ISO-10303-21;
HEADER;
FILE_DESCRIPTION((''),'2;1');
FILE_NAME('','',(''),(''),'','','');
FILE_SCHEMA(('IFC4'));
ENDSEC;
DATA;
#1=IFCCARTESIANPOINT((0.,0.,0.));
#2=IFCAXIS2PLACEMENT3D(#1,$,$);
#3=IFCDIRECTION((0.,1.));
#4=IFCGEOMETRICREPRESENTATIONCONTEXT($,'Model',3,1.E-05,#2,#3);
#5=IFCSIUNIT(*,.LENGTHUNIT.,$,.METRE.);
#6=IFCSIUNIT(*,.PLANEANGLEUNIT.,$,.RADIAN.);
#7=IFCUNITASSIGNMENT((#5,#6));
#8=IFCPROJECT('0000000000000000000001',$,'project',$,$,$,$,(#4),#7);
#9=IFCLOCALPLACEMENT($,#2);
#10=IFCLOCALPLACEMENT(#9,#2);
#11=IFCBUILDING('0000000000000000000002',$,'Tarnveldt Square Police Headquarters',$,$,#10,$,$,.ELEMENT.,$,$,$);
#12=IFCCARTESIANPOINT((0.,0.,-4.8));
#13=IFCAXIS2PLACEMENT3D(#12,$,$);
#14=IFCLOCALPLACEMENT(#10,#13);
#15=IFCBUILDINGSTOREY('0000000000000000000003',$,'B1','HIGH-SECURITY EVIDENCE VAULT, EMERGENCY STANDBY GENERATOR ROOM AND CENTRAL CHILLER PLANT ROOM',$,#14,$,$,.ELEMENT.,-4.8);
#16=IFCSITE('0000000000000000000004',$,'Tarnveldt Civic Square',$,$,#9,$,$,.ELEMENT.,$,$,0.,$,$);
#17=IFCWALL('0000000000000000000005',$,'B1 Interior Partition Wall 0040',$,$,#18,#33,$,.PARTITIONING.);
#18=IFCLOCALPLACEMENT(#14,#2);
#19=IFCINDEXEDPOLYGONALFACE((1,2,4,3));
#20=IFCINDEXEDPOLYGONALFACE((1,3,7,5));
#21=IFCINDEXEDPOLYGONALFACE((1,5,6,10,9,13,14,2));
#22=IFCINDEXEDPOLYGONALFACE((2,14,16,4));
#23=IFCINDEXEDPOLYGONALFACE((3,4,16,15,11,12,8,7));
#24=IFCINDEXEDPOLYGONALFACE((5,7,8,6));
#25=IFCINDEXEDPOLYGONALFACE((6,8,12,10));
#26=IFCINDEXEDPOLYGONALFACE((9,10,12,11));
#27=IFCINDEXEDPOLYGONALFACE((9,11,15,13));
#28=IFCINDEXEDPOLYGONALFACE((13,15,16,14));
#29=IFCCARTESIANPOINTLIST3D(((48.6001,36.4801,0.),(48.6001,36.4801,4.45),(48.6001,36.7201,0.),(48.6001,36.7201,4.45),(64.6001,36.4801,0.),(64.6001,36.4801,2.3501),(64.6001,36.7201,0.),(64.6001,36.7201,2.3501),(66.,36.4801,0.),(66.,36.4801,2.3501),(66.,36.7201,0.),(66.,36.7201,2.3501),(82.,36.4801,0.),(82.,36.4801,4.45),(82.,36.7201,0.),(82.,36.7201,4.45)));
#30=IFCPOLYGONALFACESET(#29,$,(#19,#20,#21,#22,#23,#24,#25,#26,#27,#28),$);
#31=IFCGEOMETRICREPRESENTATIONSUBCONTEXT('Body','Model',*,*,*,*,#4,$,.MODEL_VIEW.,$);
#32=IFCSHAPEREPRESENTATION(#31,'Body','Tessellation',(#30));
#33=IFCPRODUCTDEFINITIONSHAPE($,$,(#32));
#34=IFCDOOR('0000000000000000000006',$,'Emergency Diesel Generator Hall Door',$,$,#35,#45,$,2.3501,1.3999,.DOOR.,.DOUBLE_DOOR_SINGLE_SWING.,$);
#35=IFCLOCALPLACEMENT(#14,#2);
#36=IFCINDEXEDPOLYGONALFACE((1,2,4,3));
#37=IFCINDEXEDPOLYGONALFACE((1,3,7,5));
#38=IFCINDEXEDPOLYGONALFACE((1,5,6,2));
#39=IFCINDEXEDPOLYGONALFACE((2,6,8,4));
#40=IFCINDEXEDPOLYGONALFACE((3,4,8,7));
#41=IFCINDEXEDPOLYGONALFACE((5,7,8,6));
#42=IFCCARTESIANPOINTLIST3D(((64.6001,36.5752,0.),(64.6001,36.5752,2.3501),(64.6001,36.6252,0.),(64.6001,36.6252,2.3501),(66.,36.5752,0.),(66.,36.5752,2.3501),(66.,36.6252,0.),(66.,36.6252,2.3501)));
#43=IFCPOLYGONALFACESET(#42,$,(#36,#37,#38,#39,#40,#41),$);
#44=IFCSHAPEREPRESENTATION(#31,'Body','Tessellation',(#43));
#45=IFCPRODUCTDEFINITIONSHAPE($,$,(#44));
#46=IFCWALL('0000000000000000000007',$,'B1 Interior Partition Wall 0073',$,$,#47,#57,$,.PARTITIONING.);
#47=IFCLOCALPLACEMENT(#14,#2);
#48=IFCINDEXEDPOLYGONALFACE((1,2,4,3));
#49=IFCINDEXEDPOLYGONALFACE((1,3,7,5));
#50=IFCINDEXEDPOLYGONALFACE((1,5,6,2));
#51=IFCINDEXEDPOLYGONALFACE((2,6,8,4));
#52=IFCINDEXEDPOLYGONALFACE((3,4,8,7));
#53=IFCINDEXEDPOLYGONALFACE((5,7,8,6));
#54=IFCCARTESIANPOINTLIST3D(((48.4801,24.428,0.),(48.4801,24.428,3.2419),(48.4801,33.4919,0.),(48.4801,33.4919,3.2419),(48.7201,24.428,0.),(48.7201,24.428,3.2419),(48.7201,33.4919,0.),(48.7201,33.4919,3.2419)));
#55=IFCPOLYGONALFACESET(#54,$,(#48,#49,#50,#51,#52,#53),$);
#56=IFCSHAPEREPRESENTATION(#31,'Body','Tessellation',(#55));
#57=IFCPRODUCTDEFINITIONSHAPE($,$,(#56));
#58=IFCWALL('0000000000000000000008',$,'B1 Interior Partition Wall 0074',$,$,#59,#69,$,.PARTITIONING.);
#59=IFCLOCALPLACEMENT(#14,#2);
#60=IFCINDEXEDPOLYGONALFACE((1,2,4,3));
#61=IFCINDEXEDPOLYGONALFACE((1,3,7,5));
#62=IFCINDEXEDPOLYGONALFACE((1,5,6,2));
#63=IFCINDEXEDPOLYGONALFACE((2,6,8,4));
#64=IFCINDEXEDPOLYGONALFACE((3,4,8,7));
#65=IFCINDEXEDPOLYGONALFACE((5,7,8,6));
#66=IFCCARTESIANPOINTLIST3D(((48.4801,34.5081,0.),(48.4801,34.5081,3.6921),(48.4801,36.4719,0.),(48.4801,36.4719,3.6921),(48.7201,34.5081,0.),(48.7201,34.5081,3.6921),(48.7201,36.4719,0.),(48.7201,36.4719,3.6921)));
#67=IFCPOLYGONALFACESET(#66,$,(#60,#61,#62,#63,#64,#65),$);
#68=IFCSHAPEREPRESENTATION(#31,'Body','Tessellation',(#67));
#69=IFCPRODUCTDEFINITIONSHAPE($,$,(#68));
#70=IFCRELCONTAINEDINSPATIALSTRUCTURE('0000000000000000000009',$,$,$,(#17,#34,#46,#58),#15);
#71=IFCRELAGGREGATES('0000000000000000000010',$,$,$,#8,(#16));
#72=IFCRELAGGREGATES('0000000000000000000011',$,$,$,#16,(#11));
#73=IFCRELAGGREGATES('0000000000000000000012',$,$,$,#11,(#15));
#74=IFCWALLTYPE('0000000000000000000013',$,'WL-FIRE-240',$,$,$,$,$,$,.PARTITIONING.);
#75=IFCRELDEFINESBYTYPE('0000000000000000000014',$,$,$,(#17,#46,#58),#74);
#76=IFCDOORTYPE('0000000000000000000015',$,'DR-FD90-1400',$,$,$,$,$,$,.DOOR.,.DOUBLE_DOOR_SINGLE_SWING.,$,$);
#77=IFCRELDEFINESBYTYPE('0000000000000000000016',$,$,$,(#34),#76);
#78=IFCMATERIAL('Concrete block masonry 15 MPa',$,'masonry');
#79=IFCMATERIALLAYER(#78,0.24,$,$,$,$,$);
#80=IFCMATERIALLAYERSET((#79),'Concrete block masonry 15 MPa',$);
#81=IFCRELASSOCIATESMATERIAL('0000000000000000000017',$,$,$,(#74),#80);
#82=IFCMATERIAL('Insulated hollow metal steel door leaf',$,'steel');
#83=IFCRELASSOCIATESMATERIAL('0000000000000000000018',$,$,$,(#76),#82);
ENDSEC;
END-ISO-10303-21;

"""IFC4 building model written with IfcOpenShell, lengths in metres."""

from ifc_helpers import new_model, si_unit, direction, frame, frame_2d, origin, place, context, subcontext, project, spatial, rectangle, extrude, material, layer, layer_set, type_object, element, fill, save


model = new_model("IFC4")

# Units and contexts
model_context = context("Model", 3, precision=1e-05, world=origin(), true_north=direction((0.0, 1.0)))
body_context = subcontext(model_context, "Body", "Model", "MODEL_VIEW")
ifc_project = project(units=[si_unit("LENGTHUNIT", "METRE"), si_unit("PLANEANGLEUNIT", "RADIAN")], contexts=[model_context])

# Site, building, storey
site_placement = place(None, origin())
site = spatial("IfcSite", under=ifc_project, at=site_placement, Name="Tarnveldt Civic Square", CompositionType="ELEMENT", RefElevation=0.0)
building_placement = place(site_placement, origin())
building = spatial("IfcBuilding", under=site, at=building_placement, Name="Tarnveldt Square Police Headquarters", CompositionType="ELEMENT")
storey_placement = place(building_placement, frame((0.0, 0.0, -4.8)))
storey = spatial("IfcBuildingStorey", under=building, at=storey_placement, Name="B1", Description="HIGH-SECURITY EVIDENCE VAULT, EMERGENCY STANDBY GENERATOR ROOM AND CENTRAL CHILLER PLANT ROOM", CompositionType="ELEMENT", Elevation=-4.8)

# Wall, opening, door
ifc_material_1 = material(Name="Concrete block masonry 15 MPa", Category="masonry")
ifc_layer = layer(ifc_material_1, 0.24)
ifc_layer_set = layer_set([ifc_layer], Name="Concrete block masonry 15 MPa")
wall_type = type_object("IfcWallType", Name="WL-FIRE-240", PredefinedType="PARTITIONING", material=ifc_layer_set)
wall_1_placement = place(storey_placement, frame((48.6001, 36.6001, 0.0), z_axis=(0.0, 0.0, 1.0), x_axis=(1.0, 0.0, 0.0)))
wall_1 = element("IfcWall", 1, at=wall_1_placement, inside=storey, type_object=wall_type, Name="B1 Interior Partition Wall 0040", PredefinedType="PARTITIONING", context=body_context, shape_type="SweptSolid", body=[
    extrude(rectangle(XDim=33.3999, YDim=0.24, at=frame_2d((16.7, 0.0))), origin(), (0.0, 0.0, 1.0), 4.45),
])
opening_placement = place(wall_1_placement, frame((16.0, 0.0, 0.0)))
opening = element("IfcOpeningElement", 2, at=opening_placement, cuts=wall_1, PredefinedType="OPENING", context=body_context, shape_type="SweptSolid", body=[
    extrude(rectangle(XDim=1.3999, YDim=2.3501, at=frame_2d((0.7, 1.175))), frame((0.0, 0.1299, 0.0), z_axis=(0.0, -1.0, 0.0), x_axis=(1.0, 0.0, 0.0)), (0.0, 0.0, 1.0), 0.26),
])
ifc_material_2 = material(Name="Insulated hollow metal steel door leaf", Category="steel")
door_type = type_object("IfcDoorType", Name="DR-FD90-1400", OperationType="DOUBLE_DOOR_SINGLE_SWING", PredefinedType="DOOR", material=ifc_material_2)
door_placement = place(opening_placement, frame((1.3999, 0.0, 0.0), z_axis=(0.0, 0.0, 1.0), x_axis=(-1.0, 0.0, 0.0)))
door = element("IfcDoor", 3, at=door_placement, inside=storey, type_object=door_type, Name="Emergency Diesel Generator Hall Door", OperationType="DOUBLE_DOOR_SINGLE_SWING", OverallHeight=2.3501, OverallWidth=1.3999, PredefinedType="DOOR", context=body_context, shape_type="SweptSolid", body=[
    extrude(rectangle(XDim=1.3999, YDim=2.3501, at=frame_2d((0.7, 1.175))), frame((0.0, 0.0249, 0.0), z_axis=(0.0, -1.0, 0.0), x_axis=(1.0, 0.0, 0.0)), (0.0, 0.0, 1.0), 0.05),
])
fill(opening, door)

# Walls
wall_2_placement = place(storey_placement, frame((48.6001, 24.428, 0.0), z_axis=(0.0, 0.0, 1.0), x_axis=(0.0, 1.0, 0.0)))
element("IfcWall", 4, at=wall_2_placement, inside=storey, type_object=wall_type, Name="B1 Interior Partition Wall 0073", PredefinedType="PARTITIONING", context=body_context, shape_type="SweptSolid", body=[
    extrude(rectangle(XDim=9.064, YDim=0.24, at=frame_2d((4.532, 0.0))), origin(), (0.0, 0.0, 1.0), 3.2419),
])
wall_3_placement = place(storey_placement, frame((48.6001, 34.5081, 0.0), z_axis=(0.0, 0.0, 1.0), x_axis=(0.0, 1.0, 0.0)))
element("IfcWall", 5, at=wall_3_placement, inside=storey, type_object=wall_type, Name="B1 Interior Partition Wall 0074", PredefinedType="PARTITIONING", context=body_context, shape_type="SweptSolid", body=[
    extrude(rectangle(XDim=1.9639, YDim=0.24, at=frame_2d((0.9819, 0.0))), origin(), (0.0, 0.0, 1.0), 3.6921),
])

save(model, "model.ifc")
